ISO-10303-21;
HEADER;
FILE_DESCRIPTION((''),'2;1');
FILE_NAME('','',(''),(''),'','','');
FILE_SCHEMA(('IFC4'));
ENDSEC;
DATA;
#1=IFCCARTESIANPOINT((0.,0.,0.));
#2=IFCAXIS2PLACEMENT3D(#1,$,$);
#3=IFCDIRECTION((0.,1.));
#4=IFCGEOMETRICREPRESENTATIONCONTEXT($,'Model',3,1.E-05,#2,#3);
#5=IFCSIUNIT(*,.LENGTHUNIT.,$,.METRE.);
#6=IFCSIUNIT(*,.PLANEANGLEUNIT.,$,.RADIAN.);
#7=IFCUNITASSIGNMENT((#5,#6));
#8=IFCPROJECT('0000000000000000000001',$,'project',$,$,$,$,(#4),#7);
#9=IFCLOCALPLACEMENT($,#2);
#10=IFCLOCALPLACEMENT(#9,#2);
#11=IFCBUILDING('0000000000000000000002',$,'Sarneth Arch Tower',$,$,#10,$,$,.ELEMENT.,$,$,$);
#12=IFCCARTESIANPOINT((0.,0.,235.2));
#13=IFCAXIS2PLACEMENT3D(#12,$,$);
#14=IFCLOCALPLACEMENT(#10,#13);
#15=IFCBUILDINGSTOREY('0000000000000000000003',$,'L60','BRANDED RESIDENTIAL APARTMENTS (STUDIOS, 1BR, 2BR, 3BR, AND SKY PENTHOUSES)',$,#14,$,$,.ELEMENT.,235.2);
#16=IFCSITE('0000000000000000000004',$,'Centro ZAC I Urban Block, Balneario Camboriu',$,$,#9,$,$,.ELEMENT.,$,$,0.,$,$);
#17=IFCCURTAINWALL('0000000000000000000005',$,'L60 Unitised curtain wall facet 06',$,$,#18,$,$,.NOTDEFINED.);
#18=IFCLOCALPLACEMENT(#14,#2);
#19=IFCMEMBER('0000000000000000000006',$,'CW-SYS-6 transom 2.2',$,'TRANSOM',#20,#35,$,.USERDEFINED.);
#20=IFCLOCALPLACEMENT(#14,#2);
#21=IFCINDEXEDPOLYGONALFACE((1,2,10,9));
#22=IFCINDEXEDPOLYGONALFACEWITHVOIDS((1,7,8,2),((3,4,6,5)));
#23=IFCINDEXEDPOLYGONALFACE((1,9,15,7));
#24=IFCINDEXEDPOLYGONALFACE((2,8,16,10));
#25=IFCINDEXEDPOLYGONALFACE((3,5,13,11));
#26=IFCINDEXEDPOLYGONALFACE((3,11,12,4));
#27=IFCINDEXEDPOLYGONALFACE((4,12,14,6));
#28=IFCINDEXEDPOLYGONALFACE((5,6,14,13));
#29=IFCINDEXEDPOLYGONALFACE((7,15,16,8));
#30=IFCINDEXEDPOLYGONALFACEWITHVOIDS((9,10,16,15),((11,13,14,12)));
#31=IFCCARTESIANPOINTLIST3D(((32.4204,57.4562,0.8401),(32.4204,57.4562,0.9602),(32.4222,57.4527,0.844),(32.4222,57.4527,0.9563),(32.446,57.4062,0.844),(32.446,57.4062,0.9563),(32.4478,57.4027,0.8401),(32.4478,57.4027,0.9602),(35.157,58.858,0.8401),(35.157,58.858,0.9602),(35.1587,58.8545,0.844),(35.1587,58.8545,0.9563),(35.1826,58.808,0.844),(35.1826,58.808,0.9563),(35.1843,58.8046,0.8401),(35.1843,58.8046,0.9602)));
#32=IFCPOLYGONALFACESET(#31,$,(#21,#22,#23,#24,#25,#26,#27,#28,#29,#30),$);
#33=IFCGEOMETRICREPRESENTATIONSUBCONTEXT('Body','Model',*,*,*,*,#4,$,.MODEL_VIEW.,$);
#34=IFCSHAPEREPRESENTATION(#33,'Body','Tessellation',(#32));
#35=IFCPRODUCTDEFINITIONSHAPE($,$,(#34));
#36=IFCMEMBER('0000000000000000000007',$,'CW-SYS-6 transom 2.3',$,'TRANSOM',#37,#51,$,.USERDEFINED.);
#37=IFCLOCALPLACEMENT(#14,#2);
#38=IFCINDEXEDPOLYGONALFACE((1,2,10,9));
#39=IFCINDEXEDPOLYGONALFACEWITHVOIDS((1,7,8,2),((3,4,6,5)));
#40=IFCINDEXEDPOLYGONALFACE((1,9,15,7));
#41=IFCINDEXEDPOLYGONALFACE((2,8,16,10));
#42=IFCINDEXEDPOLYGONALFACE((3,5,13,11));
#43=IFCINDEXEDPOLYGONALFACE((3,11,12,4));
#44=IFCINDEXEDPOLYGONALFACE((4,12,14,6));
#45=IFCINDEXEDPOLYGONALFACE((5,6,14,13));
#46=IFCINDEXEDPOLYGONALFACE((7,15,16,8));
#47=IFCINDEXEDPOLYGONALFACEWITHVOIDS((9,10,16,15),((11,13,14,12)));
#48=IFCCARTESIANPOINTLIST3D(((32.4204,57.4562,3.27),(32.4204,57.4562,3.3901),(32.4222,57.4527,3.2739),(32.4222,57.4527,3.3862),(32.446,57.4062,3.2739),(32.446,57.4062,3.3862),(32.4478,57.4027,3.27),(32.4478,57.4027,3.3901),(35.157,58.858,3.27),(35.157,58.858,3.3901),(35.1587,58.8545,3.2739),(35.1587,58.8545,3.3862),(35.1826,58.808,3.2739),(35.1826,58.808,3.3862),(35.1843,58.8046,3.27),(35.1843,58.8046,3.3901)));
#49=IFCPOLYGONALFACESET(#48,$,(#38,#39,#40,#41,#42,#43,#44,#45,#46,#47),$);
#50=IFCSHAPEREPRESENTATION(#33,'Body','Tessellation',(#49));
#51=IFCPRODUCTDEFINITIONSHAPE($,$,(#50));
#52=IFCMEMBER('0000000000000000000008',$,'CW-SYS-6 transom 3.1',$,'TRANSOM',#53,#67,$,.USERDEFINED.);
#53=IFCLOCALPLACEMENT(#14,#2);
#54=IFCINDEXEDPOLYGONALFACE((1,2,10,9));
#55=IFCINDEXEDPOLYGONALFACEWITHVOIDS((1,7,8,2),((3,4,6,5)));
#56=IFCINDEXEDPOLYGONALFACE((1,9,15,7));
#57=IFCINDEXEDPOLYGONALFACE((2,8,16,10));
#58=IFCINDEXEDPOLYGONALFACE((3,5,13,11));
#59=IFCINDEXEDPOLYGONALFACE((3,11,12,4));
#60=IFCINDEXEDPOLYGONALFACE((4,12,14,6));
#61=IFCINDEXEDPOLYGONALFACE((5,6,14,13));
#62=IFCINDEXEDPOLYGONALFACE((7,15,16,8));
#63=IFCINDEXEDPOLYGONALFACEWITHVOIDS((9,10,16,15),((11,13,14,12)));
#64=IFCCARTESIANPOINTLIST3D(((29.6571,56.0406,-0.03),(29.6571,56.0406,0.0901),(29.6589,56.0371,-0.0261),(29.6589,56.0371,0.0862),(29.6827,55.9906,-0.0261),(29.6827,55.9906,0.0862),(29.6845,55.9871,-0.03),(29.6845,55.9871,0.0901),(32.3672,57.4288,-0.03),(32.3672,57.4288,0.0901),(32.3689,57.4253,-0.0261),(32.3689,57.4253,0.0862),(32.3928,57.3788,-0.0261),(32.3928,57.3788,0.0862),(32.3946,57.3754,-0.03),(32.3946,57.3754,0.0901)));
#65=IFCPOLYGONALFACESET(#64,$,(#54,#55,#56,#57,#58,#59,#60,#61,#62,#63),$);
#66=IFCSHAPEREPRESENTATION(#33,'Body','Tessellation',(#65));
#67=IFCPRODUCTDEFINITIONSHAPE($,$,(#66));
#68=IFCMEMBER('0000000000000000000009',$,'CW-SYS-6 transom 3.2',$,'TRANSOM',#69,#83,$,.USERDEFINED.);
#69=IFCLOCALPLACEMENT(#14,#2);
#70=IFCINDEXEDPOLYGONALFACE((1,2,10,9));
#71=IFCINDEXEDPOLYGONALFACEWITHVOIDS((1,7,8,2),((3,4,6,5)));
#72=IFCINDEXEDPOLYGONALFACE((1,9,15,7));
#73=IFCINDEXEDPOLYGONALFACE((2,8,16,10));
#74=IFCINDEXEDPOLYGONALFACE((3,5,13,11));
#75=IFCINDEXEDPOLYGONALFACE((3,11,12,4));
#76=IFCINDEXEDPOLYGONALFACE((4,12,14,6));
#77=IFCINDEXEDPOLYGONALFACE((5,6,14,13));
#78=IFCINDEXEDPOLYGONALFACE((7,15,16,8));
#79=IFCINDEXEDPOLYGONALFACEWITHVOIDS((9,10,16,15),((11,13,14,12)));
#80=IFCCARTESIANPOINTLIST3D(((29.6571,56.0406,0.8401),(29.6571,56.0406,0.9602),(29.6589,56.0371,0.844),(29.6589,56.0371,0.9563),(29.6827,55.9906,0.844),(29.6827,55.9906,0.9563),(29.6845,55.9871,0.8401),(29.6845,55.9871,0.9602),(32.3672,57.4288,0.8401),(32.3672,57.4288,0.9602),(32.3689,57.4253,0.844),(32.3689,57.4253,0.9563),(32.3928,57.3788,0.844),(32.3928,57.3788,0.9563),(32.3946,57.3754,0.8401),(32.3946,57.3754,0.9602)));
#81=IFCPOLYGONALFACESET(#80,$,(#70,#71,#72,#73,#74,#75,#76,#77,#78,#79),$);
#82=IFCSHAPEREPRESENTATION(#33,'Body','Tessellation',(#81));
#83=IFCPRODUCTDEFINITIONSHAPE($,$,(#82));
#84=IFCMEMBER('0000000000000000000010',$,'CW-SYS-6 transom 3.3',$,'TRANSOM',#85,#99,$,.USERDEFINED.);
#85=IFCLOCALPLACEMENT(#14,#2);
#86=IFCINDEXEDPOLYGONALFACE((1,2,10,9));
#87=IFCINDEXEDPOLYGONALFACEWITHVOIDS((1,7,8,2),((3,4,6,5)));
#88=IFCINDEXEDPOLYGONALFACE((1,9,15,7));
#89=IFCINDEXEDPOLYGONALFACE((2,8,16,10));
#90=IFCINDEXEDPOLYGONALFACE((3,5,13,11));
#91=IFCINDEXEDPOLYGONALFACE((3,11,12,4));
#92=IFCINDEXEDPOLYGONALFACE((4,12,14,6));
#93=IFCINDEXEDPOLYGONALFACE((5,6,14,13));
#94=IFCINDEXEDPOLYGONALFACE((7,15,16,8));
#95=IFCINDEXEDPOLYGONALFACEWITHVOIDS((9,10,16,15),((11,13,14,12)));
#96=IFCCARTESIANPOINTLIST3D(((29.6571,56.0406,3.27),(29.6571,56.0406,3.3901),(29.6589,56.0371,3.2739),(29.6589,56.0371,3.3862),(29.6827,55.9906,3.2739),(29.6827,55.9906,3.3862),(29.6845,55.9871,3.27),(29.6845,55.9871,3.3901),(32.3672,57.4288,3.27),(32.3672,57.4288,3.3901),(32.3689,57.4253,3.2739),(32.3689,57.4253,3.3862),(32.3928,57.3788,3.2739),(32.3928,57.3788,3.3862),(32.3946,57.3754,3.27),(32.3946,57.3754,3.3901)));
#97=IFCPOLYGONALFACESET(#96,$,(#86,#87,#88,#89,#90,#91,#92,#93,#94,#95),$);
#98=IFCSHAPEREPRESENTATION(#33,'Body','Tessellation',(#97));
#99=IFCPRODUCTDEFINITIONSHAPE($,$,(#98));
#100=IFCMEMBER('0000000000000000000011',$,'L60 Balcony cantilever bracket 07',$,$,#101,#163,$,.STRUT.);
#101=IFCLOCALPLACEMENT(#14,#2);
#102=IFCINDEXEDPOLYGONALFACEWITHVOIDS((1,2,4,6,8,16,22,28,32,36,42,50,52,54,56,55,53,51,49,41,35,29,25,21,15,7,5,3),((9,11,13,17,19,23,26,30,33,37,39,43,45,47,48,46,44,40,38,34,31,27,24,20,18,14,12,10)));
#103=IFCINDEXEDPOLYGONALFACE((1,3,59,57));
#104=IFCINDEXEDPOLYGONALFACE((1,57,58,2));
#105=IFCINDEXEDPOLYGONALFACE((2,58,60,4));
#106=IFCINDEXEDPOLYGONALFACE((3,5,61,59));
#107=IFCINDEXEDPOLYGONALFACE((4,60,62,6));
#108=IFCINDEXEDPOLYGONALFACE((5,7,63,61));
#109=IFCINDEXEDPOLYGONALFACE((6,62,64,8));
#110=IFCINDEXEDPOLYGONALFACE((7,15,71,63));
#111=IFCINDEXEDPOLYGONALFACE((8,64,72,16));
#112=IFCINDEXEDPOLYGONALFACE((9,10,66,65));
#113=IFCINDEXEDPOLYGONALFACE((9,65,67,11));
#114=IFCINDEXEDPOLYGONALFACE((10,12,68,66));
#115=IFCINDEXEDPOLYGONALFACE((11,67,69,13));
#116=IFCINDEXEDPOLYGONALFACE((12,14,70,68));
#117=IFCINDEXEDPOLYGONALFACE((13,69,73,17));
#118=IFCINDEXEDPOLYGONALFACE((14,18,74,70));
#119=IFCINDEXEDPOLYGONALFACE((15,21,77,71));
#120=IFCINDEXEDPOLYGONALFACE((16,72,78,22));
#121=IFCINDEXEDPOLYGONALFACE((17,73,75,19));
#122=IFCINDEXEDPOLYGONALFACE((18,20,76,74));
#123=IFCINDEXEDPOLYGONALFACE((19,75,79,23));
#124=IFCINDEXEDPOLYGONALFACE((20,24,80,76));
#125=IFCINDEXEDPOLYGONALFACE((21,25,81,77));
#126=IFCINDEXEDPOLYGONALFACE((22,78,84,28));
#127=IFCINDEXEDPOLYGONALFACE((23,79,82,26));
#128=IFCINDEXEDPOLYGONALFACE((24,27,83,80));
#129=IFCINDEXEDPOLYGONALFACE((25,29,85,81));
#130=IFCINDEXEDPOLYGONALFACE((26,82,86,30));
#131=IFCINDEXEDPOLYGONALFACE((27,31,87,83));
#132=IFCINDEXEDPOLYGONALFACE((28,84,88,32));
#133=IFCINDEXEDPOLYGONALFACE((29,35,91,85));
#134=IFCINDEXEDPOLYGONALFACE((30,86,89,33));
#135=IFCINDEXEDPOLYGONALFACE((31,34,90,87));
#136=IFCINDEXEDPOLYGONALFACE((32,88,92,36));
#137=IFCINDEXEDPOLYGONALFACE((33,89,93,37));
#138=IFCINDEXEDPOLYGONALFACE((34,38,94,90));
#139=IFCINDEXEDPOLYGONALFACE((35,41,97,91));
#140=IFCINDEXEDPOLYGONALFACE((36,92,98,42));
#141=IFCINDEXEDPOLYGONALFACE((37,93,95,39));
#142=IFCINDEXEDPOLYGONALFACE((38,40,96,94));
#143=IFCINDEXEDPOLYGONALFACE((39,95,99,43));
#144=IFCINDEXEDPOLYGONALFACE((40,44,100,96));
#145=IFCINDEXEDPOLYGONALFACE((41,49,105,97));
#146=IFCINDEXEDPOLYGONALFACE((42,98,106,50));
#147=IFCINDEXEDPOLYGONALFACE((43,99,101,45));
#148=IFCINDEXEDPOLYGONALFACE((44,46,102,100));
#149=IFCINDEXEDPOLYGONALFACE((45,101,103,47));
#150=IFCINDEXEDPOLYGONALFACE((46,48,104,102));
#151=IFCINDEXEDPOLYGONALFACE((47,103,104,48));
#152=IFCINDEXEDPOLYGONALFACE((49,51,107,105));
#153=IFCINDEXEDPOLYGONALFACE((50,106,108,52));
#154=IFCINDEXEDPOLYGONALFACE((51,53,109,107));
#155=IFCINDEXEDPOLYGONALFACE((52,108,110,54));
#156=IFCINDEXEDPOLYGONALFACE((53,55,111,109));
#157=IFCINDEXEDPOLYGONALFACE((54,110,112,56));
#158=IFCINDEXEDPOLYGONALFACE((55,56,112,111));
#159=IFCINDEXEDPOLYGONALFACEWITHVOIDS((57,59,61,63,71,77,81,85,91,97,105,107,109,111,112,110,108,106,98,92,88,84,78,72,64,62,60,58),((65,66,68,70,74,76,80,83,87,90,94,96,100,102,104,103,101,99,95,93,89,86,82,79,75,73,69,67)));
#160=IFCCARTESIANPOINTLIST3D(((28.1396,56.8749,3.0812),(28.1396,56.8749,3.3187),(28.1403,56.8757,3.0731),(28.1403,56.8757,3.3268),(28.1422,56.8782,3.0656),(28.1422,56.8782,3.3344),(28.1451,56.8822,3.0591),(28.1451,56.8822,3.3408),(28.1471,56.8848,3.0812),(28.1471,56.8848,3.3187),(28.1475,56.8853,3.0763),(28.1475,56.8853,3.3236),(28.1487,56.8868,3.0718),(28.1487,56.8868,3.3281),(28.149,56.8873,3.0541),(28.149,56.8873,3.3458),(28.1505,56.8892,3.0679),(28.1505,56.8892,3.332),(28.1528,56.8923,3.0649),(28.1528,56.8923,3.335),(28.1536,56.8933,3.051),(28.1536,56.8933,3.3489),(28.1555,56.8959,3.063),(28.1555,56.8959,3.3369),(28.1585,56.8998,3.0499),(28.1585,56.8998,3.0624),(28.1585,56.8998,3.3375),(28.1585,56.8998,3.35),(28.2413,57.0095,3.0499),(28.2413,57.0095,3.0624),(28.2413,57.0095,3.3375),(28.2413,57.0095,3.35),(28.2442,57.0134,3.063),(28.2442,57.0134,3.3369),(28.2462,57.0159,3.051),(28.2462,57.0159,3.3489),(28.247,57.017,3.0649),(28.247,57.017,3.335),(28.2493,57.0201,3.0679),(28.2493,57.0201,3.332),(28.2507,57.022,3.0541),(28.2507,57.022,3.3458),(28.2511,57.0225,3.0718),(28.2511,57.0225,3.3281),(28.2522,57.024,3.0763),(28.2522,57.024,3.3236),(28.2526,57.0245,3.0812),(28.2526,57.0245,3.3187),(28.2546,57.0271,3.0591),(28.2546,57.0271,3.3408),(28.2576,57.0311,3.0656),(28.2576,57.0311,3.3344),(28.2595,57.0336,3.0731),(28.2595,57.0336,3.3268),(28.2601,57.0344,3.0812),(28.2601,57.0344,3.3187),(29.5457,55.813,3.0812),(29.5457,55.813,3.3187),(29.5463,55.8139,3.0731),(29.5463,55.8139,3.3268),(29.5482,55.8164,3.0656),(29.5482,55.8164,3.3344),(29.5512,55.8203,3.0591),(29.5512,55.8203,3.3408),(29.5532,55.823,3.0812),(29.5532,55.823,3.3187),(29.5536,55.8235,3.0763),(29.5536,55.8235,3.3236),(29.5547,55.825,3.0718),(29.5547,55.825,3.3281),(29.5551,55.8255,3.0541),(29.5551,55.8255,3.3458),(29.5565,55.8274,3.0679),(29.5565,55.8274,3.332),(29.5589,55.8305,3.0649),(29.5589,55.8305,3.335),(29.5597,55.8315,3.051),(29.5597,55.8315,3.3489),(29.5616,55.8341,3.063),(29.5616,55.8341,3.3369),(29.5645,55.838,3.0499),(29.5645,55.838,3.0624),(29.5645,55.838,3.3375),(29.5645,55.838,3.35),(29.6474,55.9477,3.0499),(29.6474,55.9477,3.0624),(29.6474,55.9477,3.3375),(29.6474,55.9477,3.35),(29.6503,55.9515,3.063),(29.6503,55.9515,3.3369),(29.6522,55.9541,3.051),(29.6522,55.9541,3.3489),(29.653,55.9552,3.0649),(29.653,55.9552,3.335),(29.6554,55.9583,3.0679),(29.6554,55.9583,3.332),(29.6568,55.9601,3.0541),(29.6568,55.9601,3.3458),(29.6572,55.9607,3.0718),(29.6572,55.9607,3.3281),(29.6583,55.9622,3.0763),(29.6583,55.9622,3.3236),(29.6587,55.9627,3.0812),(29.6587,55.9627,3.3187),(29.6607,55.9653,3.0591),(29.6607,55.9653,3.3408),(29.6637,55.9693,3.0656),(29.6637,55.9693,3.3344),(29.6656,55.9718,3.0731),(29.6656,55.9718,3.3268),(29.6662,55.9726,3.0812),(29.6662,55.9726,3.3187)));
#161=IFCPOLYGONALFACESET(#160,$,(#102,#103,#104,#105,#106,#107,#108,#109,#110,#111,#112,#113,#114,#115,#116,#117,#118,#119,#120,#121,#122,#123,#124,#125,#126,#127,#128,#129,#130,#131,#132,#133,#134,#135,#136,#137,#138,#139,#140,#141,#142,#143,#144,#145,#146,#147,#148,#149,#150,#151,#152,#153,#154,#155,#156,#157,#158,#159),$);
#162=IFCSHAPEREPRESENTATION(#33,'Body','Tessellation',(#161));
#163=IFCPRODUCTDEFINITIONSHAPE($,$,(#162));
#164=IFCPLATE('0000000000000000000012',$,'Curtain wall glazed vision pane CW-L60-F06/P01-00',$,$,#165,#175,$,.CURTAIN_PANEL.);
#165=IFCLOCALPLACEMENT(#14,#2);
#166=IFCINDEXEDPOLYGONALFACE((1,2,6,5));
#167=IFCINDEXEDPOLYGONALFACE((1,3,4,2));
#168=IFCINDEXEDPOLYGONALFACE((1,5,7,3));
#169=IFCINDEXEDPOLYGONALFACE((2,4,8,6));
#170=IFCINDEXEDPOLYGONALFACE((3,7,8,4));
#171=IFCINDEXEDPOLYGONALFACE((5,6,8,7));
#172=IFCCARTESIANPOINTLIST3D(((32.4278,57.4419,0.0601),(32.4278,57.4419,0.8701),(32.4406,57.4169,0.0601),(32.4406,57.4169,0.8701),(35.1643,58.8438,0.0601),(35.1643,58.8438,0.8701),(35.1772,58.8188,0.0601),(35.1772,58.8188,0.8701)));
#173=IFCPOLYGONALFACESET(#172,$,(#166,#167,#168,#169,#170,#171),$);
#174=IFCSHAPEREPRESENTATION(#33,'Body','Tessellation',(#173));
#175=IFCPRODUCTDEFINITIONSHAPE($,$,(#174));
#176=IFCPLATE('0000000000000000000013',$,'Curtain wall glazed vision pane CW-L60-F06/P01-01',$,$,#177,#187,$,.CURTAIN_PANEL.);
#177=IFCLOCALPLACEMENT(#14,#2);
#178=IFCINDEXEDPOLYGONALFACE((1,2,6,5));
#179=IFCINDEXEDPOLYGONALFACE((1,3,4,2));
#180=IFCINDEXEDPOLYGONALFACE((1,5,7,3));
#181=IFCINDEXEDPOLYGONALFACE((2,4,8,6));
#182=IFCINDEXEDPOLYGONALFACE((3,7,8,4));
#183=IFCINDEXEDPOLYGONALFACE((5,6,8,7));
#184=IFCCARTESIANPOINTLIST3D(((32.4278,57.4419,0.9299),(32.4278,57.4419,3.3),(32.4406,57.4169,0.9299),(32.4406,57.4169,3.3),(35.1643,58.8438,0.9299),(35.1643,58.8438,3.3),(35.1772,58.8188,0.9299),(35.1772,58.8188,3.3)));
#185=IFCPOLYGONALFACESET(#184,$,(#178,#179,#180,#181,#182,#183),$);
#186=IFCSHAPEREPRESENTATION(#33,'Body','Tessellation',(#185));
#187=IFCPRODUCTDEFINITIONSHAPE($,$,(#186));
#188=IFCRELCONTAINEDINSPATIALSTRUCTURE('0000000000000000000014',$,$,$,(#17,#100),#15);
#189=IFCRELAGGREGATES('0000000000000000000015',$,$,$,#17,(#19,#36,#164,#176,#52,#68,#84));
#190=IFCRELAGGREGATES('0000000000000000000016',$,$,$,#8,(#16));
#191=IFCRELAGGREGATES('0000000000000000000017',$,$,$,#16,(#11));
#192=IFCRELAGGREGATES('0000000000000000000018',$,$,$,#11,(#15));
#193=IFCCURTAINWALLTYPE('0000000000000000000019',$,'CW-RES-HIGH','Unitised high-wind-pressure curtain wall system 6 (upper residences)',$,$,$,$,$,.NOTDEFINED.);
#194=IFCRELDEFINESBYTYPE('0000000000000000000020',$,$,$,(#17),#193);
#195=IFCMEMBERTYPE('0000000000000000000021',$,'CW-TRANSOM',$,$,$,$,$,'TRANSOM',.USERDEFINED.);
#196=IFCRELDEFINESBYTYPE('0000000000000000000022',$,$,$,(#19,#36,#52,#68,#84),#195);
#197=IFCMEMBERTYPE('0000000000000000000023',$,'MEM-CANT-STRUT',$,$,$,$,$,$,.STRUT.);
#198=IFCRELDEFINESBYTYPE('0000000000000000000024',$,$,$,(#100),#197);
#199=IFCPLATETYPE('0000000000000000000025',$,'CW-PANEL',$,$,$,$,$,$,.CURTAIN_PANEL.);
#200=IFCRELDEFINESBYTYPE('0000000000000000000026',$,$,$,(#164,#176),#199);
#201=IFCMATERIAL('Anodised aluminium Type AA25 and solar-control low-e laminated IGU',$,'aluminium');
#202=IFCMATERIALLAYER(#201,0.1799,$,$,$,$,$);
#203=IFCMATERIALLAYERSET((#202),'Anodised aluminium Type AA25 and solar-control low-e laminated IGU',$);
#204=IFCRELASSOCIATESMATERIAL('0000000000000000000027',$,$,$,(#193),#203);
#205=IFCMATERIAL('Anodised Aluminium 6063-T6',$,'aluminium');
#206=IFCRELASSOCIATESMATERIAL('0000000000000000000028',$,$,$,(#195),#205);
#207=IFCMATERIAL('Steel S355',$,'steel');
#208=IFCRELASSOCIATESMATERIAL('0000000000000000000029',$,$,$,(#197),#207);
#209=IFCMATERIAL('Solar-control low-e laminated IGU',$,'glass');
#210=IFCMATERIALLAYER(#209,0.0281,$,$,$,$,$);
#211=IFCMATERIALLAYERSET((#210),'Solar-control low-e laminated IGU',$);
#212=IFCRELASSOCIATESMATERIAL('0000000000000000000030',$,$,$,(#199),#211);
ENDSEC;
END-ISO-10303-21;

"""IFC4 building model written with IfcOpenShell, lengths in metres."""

from ifc_helpers import new_model, si_unit, direction, frame, origin, origin_2d, place, context, subcontext, project, spatial, rectangle, hollow_rectangle, extrude, material, layer, layer_set, material_profile, profile_set, type_object, element, aggregate, save


model = new_model("IFC4")

# Units and contexts
model_context = context("Model", 3, precision=1e-05, world=origin(), true_north=direction((0.0, 1.0)))
body_context = subcontext(model_context, "Body", "Model", "MODEL_VIEW")
ifc_project = project(units=[si_unit("LENGTHUNIT", "METRE"), si_unit("PLANEANGLEUNIT", "RADIAN")], contexts=[model_context])

# Site, building, storey
site_placement = place(None, origin())
site = spatial("IfcSite", under=ifc_project, at=site_placement, Name="Centro ZAC I Urban Block, Balneario Camboriu", CompositionType="ELEMENT", RefElevation=0.0)
building_placement = place(site_placement, origin())
building = spatial("IfcBuilding", under=site, at=building_placement, Name="Sarneth Arch Tower", CompositionType="ELEMENT")
storey_placement = place(building_placement, frame((0.0, 0.0, 235.2)))
storey = spatial("IfcBuildingStorey", under=building, at=storey_placement, Name="L60", Description="BRANDED RESIDENTIAL APARTMENTS (STUDIOS, 1BR, 2BR, 3BR, AND SKY PENTHOUSES)", CompositionType="ELEMENT", Elevation=235.2)

# Curtain wall, members
ifc_material_1 = material(Name="Anodised aluminium Type AA25 and solar-control low-e laminated IGU", Category="aluminium")
ifc_layer_1 = layer(ifc_material_1, 0.1799)
ifc_layer_set_1 = layer_set([ifc_layer_1], Name="Anodised aluminium Type AA25 and solar-control low-e laminated IGU")
curtain_wall_type = type_object("IfcCurtainWallType", Name="CW-RES-HIGH", Description="Unitised high-wind-pressure curtain wall system 6 (upper residences)", PredefinedType="NOTDEFINED", material=ifc_layer_set_1)
curtain_wall_placement = place(storey_placement, origin())
curtain_wall = element("IfcCurtainWall", 1, at=curtain_wall_placement, inside=storey, type_object=curtain_wall_type, Name="L60 Unitised curtain wall facet 06", PredefinedType="NOTDEFINED")
ifc_material_2 = material(Name="Anodised Aluminium 6063-T6", Category="aluminium")
ifc_material_profile_1 = material_profile(ifc_material_2, hollow_rectangle(XDim=0.0601, YDim=0.1201, WallThickness=0.0039, at=origin_2d()), Name="AL-TRAN-120x60x4")
ifc_profile_set_1 = profile_set([ifc_material_profile_1], Name="Anodised Aluminium 6063-T6")
member_type_1 = type_object("IfcMemberType", Name="CW-TRANSOM", ElementType="TRANSOM", PredefinedType="USERDEFINED", material=ifc_profile_set_1)
member_1_placement = place(storey_placement, frame((35.1707, 58.8313, 0.9001), z_axis=(-0.890017, -0.455926, 0.0), x_axis=(0.455926, -0.890017, 0.0)))
member_1 = element("IfcMember", 2, at=member_1_placement, type_object=member_type_1, Name="CW-SYS-6 transom 2.2", ObjectType="TRANSOM", PredefinedType="USERDEFINED", context=body_context, shape_type="SweptSolid", body=[
    extrude(hollow_rectangle(XDim=0.0601, YDim=0.1201, WallThickness=0.0039, at=origin_2d()), origin(), (0.0, 0.0, 1.0), 3.0747),
])
member_2_placement = place(storey_placement, frame((35.1707, 58.8313, 3.3301), z_axis=(-0.890017, -0.455926, 0.0), x_axis=(0.455926, -0.890017, 0.0)))
member_2 = element("IfcMember", 3, at=member_2_placement, type_object=member_type_1, Name="CW-SYS-6 transom 2.3", ObjectType="TRANSOM", PredefinedType="USERDEFINED", context=body_context, shape_type="SweptSolid", body=[
    extrude(hollow_rectangle(XDim=0.0601, YDim=0.1201, WallThickness=0.0039, at=origin_2d()), origin(), (0.0, 0.0, 1.0), 3.0747),
])
member_3_placement = place(storey_placement, frame((32.3809, 57.4021, 0.03), z_axis=(-0.890023, -0.455916, 0.0), x_axis=(0.455916, -0.890023, 0.0)))
member_3 = element("IfcMember", 4, at=member_3_placement, type_object=member_type_1, Name="CW-SYS-6 transom 3.1", ObjectType="TRANSOM", PredefinedType="USERDEFINED", context=body_context, shape_type="SweptSolid", body=[
    extrude(hollow_rectangle(XDim=0.0601, YDim=0.1201, WallThickness=0.0039, at=origin_2d()), origin(), (0.0, 0.0, 1.0), 3.0449),
])
member_4_placement = place(storey_placement, frame((32.3809, 57.4021, 0.9001), z_axis=(-0.890023, -0.455916, 0.0), x_axis=(0.455916, -0.890023, 0.0)))
member_4 = element("IfcMember", 5, at=member_4_placement, type_object=member_type_1, Name="CW-SYS-6 transom 3.2", ObjectType="TRANSOM", PredefinedType="USERDEFINED", context=body_context, shape_type="SweptSolid", body=[
    extrude(hollow_rectangle(XDim=0.0601, YDim=0.1201, WallThickness=0.0039, at=origin_2d()), origin(), (0.0, 0.0, 1.0), 3.0449),
])
member_5_placement = place(storey_placement, frame((32.3809, 57.4021, 3.3301), z_axis=(-0.890023, -0.455916, 0.0), x_axis=(0.455916, -0.890023, 0.0)))
member_5 = element("IfcMember", 6, at=member_5_placement, type_object=member_type_1, Name="CW-SYS-6 transom 3.3", ObjectType="TRANSOM", PredefinedType="USERDEFINED", context=body_context, shape_type="SweptSolid", body=[
    extrude(hollow_rectangle(XDim=0.0601, YDim=0.1201, WallThickness=0.0039, at=origin_2d()), origin(), (0.0, 0.0, 1.0), 3.0449),
])

# Member
ifc_material_3 = material(Name="Steel S355", Category="steel")
ifc_material_profile_2 = material_profile(ifc_material_3, hollow_rectangle(XDim=0.2, YDim=0.3, WallThickness=0.0125, InnerFilletRadius=0.0188, OuterFilletRadius=0.0312, at=origin_2d()), Name="RHS300x200x12.5")
ifc_profile_set_2 = profile_set([ifc_material_profile_2], Name="Steel S355")
member_type_2 = type_object("IfcMemberType", Name="MEM-CANT-STRUT", PredefinedType="STRUT", material=ifc_profile_set_2)
member_6_placement = place(storey_placement, frame((29.606, 55.8928, 3.2), z_axis=(-0.798017, 0.602635, 0.0), x_axis=(-0.602635, -0.798017, 0.0)))
element("IfcMember", 7, at=member_6_placement, inside=storey, type_object=member_type_2, Name="L60 Balcony cantilever bracket 07", PredefinedType="STRUT", context=body_context, shape_type="SweptSolid", body=[
    extrude(hollow_rectangle(XDim=0.2, YDim=0.3, WallThickness=0.0125, InnerFilletRadius=0.0188, OuterFilletRadius=0.0312, at=origin_2d()), origin(), (0.0, 0.0, 1.0), 1.762),
])

# Plates
ifc_material_4 = material(Name="Solar-control low-e laminated IGU", Category="glass")
ifc_layer_2 = layer(ifc_material_4, 0.0281)
ifc_layer_set_2 = layer_set([ifc_layer_2], Name="Solar-control low-e laminated IGU")
plate_type_1 = type_object("IfcPlateType", Name="CW-PANEL", PredefinedType="CURTAIN_PANEL", material=ifc_layer_set_2)
plate_1_placement = place(storey_placement, frame((33.8025, 58.1304, 0.0601), z_axis=(0.0, 0.0, 1.0), x_axis=(-0.89001, -0.455942, 0.0)))
plate_1 = element("IfcPlate", 8, at=plate_1_placement, type_object=plate_type_1, Name="Curtain wall glazed vision pane CW-L60-F06/P01-00", PredefinedType="CURTAIN_PANEL", context=body_context, shape_type="SweptSolid", body=[
    extrude(rectangle(XDim=3.0747, YDim=0.0281, at=origin_2d()), origin(), (0.0, 0.0, 1.0), 0.8101),
])
plate_2_placement = place(storey_placement, frame((33.8025, 58.1304, 0.9299), z_axis=(0.0, 0.0, 1.0), x_axis=(-0.89001, -0.455942, 0.0)))
plate_2 = element("IfcPlate", 9, at=plate_2_placement, type_object=plate_type_1, Name="Curtain wall glazed vision pane CW-L60-F06/P01-01", PredefinedType="CURTAIN_PANEL", context=body_context, shape_type="SweptSolid", body=[
    extrude(rectangle(XDim=3.0747, YDim=0.0281, at=origin_2d()), origin(), (0.0, 0.0, 1.0), 2.3701),
])
aggregate(curtain_wall, [member_1, member_2, plate_1, plate_2, member_3, member_4, member_5])

save(model, "model.ifc")
